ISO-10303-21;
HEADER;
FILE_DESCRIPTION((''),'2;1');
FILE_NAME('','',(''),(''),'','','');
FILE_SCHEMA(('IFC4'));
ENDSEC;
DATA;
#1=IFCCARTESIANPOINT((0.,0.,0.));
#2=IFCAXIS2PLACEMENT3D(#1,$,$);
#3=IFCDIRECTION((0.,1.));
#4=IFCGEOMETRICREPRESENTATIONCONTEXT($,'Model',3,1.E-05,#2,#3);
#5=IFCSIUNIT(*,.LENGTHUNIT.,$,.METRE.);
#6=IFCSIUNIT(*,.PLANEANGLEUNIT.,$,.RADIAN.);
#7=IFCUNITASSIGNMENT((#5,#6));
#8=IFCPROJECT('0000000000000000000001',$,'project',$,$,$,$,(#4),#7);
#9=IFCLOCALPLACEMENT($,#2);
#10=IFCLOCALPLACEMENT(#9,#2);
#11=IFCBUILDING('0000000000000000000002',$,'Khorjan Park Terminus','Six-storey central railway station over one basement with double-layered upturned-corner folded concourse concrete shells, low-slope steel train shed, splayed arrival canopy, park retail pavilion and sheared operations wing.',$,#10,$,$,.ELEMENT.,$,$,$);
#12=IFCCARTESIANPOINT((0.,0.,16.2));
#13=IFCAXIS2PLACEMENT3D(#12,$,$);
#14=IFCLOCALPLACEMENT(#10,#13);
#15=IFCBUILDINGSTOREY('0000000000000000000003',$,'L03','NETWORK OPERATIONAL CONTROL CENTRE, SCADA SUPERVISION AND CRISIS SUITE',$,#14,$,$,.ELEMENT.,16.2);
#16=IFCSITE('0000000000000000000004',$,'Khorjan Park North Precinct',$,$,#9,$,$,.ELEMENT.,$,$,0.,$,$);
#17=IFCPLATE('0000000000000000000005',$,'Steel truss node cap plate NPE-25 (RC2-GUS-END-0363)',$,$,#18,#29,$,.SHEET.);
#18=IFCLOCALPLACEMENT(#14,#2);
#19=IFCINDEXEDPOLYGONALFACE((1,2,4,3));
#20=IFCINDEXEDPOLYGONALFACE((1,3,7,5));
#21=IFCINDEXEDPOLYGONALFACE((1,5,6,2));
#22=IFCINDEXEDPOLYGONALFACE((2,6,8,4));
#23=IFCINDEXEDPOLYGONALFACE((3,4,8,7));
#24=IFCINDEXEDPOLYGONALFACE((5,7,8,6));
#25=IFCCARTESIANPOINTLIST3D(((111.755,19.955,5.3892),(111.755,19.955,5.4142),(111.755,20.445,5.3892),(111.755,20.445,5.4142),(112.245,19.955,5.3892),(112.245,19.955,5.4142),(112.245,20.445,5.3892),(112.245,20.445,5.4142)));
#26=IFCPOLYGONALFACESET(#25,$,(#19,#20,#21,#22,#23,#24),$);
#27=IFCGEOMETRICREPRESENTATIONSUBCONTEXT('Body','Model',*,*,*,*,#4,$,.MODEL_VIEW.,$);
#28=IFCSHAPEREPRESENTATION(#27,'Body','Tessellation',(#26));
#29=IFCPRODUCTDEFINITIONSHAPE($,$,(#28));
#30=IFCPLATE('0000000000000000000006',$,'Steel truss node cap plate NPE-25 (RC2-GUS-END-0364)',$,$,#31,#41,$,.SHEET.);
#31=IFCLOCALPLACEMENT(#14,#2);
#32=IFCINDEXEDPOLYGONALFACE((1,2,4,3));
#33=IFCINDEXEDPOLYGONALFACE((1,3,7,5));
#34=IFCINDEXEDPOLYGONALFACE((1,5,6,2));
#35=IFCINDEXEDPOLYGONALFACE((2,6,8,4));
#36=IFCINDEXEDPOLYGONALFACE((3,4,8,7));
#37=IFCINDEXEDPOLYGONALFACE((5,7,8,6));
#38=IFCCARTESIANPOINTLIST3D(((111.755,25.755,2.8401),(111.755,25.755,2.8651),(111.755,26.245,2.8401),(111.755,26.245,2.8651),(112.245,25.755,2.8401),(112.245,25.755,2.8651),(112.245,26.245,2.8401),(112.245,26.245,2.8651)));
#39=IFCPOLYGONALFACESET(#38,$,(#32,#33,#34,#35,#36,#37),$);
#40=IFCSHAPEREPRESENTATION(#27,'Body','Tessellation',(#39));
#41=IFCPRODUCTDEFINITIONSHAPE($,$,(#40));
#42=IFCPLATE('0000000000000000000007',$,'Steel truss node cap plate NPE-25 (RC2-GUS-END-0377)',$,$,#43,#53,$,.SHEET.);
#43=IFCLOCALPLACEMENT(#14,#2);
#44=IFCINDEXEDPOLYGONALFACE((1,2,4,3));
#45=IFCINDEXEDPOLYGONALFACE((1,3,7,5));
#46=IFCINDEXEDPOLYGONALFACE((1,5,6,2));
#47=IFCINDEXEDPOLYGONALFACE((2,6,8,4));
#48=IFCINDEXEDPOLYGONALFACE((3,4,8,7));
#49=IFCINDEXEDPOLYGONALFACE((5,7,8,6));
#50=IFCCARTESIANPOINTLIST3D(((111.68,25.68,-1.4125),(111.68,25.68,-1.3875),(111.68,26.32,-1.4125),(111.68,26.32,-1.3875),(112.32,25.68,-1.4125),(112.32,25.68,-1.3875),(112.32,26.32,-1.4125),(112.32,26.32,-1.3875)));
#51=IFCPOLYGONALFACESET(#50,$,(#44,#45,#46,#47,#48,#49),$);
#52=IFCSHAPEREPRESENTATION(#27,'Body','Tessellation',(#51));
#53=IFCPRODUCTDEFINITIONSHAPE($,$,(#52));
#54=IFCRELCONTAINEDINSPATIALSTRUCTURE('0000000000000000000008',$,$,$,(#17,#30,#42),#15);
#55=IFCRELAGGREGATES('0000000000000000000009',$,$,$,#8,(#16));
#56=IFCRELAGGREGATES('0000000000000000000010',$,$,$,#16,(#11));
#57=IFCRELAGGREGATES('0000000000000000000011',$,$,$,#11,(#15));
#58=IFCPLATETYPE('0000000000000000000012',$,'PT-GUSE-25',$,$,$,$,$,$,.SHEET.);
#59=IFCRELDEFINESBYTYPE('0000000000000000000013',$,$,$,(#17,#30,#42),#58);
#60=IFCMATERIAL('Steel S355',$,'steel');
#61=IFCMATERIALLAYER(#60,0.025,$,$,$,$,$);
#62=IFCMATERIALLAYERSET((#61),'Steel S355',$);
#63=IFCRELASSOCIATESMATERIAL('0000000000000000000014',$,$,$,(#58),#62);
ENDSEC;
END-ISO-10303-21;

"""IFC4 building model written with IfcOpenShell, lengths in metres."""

from ifc_helpers import new_model, si_unit, direction, frame, origin, origin_2d, place, context, subcontext, project, spatial, rectangle, extrude, material, layer, layer_set, type_object, element, save


model = new_model("IFC4")

# Units and contexts
model_context = context("Model", 3, precision=1e-05, world=origin(), true_north=direction((0.0, 1.0)))
body_context = subcontext(model_context, "Body", "Model", "MODEL_VIEW")
ifc_project = project(units=[si_unit("LENGTHUNIT", "METRE"), si_unit("PLANEANGLEUNIT", "RADIAN")], contexts=[model_context])

# Site, building, storey
site_placement = place(None, origin())
site = spatial("IfcSite", under=ifc_project, at=site_placement, Name="Khorjan Park North Precinct", CompositionType="ELEMENT", RefElevation=0.0)
building_placement = place(site_placement, origin())
building = spatial("IfcBuilding", under=site, at=building_placement, Name="Khorjan Park Terminus", Description="Six-storey central railway station over one basement with double-layered upturned-corner folded concourse concrete shells, low-slope steel train shed, splayed arrival canopy, park retail pavilion and sheared operations wing.", CompositionType="ELEMENT")
storey_placement = place(building_placement, frame((0.0, 0.0, 16.2)))
storey = spatial("IfcBuildingStorey", under=building, at=storey_placement, Name="L03", Description="NETWORK OPERATIONAL CONTROL CENTRE, SCADA SUPERVISION AND CRISIS SUITE", CompositionType="ELEMENT", Elevation=16.2)

# Shared definitions
ifc_material_1 = material(Name="Steel S355", Category="steel")

# Plates
ifc_layer_1 = layer(ifc_material_1, 0.025)
ifc_layer_set_1 = layer_set([ifc_layer_1], Name="Steel S355")
plate_type_1 = type_object("IfcPlateType", Name="PT-GUSE-25", PredefinedType="SHEET", material=ifc_layer_set_1)
for number, where, z_axis, x_axis, name in (
    (1, (112.0, 20.2, 5.3892), (0.0, 0.0, 1.0), (1.0, 0.0, 0.0), "Steel truss node cap plate NPE-25 (RC2-GUS-END-0363)"),
    (2, (112.0, 26.0, 2.8401), (0.0, 0.0, 1.0), (1.0, 0.0, 0.0), "Steel truss node cap plate NPE-25 (RC2-GUS-END-0364)"),
):
    element("IfcPlate", number, at=place(storey_placement, frame(where, z_axis=z_axis, x_axis=x_axis)), inside=storey, type_object=plate_type_1, Name=name, PredefinedType="SHEET", context=body_context, shape_type="SweptSolid", body=[
        extrude(rectangle(XDim=0.49, YDim=0.49, at=origin_2d()), origin(), (0.0, 0.0, 1.0), 0.025),
    ])
plate_1_placement = place(storey_placement, frame((112.0, 26.0, -1.4125), z_axis=(0.0, 0.0, 1.0), x_axis=(1.0, 0.0, 0.0)))
element("IfcPlate", 3, at=plate_1_placement, inside=storey, type_object=plate_type_1, Name="Steel truss node cap plate NPE-25 (RC2-GUS-END-0377)", PredefinedType="SHEET", context=body_context, shape_type="SweptSolid", body=[
    extrude(rectangle(XDim=0.64, YDim=0.64, at=origin_2d()), origin(), (0.0, 0.0, 1.0), 0.025),
])

save(model, "model.ifc")
